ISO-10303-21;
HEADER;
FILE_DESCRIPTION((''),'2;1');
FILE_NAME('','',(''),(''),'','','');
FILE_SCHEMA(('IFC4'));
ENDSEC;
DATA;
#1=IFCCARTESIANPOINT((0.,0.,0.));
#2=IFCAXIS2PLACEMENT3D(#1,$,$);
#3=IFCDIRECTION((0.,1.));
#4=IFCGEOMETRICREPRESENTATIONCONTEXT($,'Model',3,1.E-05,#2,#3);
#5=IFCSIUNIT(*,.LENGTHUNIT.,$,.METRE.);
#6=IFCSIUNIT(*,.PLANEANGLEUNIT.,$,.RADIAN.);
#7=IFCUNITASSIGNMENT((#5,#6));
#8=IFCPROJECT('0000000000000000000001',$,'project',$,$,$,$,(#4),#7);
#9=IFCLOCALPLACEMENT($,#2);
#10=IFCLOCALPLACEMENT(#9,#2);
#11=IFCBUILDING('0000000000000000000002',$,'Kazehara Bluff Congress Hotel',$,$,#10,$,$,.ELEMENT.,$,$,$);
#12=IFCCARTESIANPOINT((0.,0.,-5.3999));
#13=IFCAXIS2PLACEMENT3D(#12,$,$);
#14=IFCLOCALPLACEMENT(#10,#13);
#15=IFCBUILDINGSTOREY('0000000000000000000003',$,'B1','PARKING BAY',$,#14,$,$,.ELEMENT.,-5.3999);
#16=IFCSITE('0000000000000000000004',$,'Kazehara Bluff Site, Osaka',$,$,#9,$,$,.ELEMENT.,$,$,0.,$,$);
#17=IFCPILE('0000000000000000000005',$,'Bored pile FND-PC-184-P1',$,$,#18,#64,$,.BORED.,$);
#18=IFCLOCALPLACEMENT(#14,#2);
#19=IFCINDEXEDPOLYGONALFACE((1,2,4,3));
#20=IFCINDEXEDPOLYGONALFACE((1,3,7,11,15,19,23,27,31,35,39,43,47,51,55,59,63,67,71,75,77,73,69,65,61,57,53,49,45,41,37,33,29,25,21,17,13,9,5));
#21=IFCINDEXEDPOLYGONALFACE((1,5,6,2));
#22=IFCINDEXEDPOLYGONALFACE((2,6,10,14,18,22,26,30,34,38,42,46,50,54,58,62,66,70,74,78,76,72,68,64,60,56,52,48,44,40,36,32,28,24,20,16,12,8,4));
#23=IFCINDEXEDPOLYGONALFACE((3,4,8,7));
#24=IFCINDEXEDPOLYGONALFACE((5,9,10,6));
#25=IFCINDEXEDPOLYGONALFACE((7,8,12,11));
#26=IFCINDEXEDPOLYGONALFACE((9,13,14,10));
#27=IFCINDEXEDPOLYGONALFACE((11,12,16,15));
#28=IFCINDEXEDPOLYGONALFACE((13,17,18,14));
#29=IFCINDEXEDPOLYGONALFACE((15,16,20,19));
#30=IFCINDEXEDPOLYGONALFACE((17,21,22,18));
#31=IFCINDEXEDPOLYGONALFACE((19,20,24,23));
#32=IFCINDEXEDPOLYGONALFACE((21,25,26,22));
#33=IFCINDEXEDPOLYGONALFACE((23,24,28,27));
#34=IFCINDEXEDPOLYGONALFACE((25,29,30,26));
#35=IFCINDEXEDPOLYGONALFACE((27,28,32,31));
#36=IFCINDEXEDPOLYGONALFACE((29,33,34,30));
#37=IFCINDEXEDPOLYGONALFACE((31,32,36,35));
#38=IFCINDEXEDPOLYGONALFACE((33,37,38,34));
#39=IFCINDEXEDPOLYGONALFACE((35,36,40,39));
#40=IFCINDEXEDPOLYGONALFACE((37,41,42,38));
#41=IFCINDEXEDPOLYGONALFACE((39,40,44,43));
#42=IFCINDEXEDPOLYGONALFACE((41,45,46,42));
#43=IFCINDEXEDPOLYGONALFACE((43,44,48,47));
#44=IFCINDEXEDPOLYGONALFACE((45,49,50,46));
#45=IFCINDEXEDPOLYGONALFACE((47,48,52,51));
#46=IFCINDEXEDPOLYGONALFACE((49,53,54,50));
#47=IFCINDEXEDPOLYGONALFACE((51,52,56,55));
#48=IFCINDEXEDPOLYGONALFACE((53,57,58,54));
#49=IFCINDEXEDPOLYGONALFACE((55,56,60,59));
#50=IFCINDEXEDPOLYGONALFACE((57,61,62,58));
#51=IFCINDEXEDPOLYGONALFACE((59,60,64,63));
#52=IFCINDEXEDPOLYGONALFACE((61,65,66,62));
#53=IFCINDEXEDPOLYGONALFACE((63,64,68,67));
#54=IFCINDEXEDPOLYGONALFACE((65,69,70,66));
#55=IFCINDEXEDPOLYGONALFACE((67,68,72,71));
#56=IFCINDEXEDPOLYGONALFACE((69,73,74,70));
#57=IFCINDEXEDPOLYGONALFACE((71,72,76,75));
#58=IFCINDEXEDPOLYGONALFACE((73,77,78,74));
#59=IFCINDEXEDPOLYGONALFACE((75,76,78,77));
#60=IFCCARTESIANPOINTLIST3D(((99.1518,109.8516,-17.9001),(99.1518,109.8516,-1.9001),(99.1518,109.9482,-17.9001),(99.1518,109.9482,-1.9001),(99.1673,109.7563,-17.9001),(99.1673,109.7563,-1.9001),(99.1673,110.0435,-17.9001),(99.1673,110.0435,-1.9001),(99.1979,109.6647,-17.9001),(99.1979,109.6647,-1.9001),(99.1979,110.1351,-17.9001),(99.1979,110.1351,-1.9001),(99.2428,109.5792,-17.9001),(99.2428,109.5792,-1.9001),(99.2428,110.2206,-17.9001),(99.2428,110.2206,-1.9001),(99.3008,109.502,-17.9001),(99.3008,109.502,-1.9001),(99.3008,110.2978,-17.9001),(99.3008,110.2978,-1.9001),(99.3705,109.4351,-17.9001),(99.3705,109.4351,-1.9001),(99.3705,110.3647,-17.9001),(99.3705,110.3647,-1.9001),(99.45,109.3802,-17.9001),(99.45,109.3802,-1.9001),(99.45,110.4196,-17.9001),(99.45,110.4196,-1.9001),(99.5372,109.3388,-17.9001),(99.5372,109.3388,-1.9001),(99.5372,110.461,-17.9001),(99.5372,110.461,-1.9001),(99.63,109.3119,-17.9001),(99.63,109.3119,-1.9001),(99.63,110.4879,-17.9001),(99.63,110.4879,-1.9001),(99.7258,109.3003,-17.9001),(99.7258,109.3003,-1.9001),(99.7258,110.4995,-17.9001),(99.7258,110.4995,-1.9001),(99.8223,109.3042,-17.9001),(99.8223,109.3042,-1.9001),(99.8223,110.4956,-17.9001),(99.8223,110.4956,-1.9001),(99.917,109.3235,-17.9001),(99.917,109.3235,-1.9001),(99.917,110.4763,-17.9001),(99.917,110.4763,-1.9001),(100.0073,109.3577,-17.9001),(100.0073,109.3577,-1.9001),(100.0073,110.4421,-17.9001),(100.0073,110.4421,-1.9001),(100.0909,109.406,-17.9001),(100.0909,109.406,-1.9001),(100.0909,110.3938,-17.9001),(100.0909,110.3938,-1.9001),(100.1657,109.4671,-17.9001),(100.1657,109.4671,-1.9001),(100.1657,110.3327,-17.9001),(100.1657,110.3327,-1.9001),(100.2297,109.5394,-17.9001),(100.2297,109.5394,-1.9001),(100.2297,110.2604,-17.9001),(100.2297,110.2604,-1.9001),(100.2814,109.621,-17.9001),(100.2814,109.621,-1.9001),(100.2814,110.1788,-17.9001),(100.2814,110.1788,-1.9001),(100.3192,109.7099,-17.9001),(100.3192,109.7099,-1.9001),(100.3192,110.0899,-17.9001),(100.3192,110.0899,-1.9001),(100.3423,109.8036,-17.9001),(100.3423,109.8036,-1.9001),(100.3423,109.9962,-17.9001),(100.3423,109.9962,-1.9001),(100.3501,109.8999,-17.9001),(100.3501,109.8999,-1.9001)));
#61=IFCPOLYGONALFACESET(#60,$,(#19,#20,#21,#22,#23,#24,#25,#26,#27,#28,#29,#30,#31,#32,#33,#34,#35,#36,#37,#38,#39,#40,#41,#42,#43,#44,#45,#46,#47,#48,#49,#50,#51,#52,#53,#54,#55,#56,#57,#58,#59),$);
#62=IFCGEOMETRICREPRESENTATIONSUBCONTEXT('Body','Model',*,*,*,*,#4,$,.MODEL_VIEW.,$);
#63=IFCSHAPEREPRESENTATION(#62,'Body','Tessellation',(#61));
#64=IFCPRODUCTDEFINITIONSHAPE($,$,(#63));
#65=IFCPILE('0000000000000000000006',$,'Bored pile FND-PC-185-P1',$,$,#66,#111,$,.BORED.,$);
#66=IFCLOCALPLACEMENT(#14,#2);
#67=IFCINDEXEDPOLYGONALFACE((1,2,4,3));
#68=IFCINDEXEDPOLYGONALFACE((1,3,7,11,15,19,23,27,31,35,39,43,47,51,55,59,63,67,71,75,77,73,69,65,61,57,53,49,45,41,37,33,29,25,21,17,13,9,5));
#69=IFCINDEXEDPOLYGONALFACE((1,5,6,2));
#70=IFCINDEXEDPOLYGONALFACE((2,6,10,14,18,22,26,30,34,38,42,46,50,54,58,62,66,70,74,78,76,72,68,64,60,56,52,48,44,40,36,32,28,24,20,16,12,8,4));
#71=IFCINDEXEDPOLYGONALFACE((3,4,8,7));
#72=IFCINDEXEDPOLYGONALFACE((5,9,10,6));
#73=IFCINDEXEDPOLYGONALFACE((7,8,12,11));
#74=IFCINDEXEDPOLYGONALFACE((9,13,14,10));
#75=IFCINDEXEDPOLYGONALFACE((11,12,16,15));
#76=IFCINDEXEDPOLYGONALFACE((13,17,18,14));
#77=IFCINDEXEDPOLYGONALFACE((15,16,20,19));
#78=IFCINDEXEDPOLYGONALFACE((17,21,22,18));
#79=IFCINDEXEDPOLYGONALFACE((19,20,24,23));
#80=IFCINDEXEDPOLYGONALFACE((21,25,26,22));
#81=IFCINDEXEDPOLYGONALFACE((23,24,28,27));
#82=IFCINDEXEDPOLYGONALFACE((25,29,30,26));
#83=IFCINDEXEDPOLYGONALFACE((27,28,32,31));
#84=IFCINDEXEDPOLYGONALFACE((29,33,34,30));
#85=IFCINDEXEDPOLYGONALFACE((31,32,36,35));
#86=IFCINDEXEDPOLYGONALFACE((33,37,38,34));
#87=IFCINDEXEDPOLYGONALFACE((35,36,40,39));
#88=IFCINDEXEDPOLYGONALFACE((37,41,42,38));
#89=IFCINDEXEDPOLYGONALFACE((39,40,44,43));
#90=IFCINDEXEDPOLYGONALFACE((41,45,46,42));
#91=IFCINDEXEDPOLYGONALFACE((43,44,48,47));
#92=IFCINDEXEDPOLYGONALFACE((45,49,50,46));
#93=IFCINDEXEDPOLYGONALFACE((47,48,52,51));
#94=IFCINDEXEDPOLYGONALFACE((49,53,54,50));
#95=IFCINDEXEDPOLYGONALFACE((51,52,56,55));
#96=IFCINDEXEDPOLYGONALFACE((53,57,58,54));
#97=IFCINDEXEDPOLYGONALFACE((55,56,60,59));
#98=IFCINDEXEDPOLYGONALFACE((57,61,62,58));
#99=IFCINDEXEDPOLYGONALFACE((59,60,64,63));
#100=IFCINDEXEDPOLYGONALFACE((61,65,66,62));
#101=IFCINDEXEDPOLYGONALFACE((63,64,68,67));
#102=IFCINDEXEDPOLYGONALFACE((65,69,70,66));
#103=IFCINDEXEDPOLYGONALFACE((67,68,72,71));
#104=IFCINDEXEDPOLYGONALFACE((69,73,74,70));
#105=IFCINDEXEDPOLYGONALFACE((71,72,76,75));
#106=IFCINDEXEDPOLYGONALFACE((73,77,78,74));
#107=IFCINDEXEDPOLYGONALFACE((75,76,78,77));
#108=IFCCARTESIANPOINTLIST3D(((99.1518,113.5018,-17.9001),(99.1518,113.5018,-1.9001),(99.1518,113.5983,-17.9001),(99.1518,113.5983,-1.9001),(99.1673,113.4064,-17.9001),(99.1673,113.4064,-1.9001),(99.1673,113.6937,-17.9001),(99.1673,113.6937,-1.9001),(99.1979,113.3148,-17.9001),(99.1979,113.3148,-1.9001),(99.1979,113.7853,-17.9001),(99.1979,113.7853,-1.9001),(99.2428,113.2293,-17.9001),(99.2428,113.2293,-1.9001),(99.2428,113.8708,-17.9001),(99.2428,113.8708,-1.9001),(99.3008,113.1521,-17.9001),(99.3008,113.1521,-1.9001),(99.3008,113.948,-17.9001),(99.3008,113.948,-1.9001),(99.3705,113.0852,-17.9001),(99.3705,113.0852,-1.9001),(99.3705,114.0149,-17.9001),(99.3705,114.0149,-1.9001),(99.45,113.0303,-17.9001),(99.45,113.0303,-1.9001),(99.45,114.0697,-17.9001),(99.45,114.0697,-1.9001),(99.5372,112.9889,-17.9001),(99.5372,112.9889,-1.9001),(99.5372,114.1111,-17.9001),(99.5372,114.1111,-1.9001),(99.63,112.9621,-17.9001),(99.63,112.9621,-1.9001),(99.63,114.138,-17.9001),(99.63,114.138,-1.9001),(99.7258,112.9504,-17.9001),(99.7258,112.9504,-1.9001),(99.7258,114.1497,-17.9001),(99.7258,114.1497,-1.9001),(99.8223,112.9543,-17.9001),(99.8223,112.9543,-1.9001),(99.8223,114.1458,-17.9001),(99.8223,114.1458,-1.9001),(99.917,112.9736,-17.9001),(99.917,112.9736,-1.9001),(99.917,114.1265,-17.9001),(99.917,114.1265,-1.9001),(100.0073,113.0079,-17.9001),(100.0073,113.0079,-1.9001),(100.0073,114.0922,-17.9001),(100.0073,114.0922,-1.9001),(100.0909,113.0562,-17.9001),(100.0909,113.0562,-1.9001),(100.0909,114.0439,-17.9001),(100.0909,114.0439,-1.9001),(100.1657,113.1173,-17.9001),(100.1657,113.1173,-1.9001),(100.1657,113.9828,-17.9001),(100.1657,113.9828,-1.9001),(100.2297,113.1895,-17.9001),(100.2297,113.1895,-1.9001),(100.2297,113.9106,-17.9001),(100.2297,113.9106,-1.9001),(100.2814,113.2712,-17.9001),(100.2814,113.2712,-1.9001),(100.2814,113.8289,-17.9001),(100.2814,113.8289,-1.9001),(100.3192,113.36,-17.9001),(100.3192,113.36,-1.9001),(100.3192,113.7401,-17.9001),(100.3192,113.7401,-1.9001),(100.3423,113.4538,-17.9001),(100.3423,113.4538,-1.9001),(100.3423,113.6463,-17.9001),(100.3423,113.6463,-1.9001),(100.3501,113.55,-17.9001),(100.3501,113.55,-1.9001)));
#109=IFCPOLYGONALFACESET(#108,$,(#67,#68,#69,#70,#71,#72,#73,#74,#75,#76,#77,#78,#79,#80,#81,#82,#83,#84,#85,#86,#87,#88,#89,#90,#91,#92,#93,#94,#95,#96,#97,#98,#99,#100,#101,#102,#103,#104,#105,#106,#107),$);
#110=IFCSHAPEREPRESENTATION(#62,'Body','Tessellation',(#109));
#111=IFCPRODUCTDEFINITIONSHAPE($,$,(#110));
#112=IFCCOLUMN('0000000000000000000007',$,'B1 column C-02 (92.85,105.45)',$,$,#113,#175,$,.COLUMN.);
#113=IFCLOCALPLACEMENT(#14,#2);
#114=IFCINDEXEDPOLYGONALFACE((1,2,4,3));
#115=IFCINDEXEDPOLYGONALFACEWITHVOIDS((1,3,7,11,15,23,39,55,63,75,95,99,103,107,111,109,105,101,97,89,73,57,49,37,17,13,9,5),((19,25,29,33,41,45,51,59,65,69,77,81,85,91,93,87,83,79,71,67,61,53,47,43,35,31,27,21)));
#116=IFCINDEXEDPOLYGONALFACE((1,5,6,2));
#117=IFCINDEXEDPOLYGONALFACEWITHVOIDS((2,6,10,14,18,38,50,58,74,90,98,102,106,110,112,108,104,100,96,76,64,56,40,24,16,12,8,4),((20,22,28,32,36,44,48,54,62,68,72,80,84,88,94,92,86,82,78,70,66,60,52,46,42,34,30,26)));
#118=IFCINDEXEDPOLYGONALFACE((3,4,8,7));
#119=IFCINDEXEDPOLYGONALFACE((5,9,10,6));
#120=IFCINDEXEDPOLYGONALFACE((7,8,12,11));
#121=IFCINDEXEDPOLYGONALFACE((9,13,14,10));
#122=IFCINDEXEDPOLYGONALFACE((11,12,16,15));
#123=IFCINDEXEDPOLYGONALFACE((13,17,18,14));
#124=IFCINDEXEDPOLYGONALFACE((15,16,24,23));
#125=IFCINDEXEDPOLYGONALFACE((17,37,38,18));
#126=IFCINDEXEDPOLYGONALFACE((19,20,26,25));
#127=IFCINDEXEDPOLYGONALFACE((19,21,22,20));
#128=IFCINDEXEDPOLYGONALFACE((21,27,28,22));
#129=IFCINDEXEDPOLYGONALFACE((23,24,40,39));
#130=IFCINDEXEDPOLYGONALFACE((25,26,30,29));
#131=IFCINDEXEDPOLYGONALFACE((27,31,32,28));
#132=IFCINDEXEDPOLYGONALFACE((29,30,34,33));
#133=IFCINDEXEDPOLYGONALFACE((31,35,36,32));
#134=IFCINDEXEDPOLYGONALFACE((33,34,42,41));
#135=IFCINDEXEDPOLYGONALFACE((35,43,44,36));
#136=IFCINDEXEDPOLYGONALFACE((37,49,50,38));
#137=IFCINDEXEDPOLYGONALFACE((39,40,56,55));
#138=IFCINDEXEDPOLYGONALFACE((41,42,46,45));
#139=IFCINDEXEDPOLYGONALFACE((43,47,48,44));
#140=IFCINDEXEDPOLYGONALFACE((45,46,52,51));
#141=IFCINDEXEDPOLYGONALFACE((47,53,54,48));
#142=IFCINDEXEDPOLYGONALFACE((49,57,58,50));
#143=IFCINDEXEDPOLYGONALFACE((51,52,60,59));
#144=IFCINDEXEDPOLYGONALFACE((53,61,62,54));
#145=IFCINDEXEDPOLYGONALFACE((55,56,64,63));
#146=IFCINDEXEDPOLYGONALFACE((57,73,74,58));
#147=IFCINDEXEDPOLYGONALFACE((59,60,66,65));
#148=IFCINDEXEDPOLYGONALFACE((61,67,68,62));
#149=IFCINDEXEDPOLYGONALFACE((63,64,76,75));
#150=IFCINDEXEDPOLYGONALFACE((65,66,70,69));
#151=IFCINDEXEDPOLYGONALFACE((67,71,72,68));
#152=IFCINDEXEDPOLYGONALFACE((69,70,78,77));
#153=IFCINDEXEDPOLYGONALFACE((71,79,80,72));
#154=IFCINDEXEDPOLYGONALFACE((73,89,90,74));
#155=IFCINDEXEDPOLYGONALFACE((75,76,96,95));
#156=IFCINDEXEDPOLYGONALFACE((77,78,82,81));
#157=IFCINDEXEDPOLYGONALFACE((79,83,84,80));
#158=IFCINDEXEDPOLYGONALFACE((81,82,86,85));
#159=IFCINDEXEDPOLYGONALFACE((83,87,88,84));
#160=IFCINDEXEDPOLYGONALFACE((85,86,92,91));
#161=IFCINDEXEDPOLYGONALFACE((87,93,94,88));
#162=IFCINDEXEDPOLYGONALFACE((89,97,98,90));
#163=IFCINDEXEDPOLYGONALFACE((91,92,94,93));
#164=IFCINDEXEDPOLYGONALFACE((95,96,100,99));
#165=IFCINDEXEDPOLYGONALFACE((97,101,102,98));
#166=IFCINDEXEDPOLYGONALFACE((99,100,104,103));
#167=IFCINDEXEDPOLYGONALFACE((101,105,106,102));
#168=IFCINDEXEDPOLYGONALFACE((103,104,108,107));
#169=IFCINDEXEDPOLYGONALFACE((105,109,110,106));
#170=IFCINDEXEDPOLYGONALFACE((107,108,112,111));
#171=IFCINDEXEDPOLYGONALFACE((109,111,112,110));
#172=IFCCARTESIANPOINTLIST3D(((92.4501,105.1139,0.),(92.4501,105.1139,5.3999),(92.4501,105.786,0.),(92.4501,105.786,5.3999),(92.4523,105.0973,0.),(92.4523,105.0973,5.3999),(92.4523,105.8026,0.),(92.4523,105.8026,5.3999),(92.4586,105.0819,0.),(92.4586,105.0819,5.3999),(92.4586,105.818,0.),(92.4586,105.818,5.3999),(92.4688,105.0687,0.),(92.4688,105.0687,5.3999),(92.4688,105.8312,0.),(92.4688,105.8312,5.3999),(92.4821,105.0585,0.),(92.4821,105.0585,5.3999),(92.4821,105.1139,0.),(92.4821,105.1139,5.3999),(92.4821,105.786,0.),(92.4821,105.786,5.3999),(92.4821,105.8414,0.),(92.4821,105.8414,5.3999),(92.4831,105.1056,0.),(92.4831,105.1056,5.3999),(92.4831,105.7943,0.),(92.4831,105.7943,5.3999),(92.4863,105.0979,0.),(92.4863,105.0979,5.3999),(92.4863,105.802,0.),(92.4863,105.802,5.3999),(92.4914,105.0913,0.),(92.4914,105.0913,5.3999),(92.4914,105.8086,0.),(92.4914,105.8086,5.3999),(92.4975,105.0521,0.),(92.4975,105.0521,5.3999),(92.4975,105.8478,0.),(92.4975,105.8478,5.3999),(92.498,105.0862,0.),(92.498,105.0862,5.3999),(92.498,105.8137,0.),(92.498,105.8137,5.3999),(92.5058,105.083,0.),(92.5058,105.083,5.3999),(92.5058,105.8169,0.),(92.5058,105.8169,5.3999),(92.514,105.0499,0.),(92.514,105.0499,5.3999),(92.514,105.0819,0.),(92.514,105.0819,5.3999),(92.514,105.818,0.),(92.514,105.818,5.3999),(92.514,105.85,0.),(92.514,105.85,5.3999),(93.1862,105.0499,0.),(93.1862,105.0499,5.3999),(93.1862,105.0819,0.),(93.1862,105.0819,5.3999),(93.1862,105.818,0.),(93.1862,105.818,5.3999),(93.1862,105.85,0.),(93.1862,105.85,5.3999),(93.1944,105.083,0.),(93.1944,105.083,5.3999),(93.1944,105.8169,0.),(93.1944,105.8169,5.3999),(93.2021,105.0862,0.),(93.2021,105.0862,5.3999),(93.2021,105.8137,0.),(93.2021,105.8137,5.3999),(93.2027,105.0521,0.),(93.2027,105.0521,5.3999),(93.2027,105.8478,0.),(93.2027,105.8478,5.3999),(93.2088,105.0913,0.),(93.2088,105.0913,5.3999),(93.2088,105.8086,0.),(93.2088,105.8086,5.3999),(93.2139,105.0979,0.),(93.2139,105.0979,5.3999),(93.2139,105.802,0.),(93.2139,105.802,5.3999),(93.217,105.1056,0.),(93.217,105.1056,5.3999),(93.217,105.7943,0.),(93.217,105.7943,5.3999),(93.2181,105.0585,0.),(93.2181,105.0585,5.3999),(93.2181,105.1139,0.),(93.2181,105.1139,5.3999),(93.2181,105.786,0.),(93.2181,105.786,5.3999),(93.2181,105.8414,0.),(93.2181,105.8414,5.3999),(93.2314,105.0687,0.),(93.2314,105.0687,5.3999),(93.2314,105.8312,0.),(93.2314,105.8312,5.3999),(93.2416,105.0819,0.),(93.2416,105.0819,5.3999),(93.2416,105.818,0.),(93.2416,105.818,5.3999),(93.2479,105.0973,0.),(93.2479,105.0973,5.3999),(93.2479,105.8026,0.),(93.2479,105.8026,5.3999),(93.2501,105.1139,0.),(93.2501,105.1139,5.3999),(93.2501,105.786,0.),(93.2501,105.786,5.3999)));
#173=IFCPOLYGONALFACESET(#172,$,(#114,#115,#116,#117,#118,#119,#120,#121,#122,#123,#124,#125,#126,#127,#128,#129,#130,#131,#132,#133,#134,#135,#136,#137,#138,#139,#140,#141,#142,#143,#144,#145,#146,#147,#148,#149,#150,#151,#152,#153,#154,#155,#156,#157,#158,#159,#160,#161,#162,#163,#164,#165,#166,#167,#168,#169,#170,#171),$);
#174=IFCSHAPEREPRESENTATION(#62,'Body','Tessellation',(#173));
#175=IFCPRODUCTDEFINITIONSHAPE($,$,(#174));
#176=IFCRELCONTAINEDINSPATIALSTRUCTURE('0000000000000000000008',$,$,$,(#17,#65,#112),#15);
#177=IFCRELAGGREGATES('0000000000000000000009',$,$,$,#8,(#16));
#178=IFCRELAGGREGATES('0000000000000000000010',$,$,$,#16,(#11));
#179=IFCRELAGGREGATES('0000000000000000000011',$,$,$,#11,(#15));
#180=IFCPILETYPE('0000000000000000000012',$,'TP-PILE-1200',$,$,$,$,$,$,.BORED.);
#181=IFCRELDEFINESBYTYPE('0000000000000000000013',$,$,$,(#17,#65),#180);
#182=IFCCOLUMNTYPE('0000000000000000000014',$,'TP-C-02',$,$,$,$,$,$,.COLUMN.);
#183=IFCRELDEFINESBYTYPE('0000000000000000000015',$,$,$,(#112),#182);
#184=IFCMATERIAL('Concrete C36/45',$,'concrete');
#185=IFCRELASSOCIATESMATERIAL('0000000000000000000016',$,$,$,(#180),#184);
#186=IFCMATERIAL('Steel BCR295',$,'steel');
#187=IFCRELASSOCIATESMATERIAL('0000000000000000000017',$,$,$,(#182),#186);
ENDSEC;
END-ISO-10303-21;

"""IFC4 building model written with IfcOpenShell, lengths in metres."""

from ifc_helpers import new_model, si_unit, direction, frame, origin, origin_2d, place, context, subcontext, project, spatial, hollow_rectangle, circle, extrude, material, material_profile, profile_set, type_object, element, save


model = new_model("IFC4")

# Units and contexts
model_context = context("Model", 3, precision=1e-05, world=origin(), true_north=direction((0.0, 1.0)))
body_context = subcontext(model_context, "Body", "Model", "MODEL_VIEW")
ifc_project = project(units=[si_unit("LENGTHUNIT", "METRE"), si_unit("PLANEANGLEUNIT", "RADIAN")], contexts=[model_context])

# Site, building, storey
site_placement = place(None, origin())
site = spatial("IfcSite", under=ifc_project, at=site_placement, Name="Kazehara Bluff Site, Osaka", CompositionType="ELEMENT", RefElevation=0.0)
building_placement = place(site_placement, origin())
building = spatial("IfcBuilding", under=site, at=building_placement, Name="Kazehara Bluff Congress Hotel", CompositionType="ELEMENT")
storey_placement = place(building_placement, frame((0.0, 0.0, -5.3999)))
storey = spatial("IfcBuildingStorey", under=building, at=storey_placement, Name="B1", Description="PARKING BAY", CompositionType="ELEMENT", Elevation=-5.3999)

# Piles
ifc_material_1 = material(Name="Concrete C36/45", Category="concrete")
ifc_material_profile_1 = material_profile(ifc_material_1, circle(Radius=0.6001, at=origin_2d()))
ifc_profile_set_1 = profile_set([ifc_material_profile_1], Name="Concrete C36/45")
pile_type = type_object("IfcPileType", Name="TP-PILE-1200", PredefinedType="BORED", material=ifc_profile_set_1)
for number, where, z_axis, x_axis, name in (
    (1, (99.75, 109.8999, -1.9001), (0.0, 0.0, -1.0), (1.0, 0.0, 0.0), "Bored pile FND-PC-184-P1"),
    (2, (99.75, 113.55, -1.9001), (0.0, 0.0, -1.0), (1.0, 0.0, 0.0), "Bored pile FND-PC-185-P1"),
):
    element("IfcPile", number, at=place(storey_placement, frame(where, z_axis=z_axis, x_axis=x_axis)), inside=storey, type_object=pile_type, Name=name, PredefinedType="BORED", context=body_context, shape_type="SweptSolid", body=[
        extrude(circle(Radius=0.6001, at=origin_2d()), origin(), (0.0, 0.0, 1.0), 16.0),
    ])

# Column
ifc_material_2 = material(Name="Steel BCR295", Category="steel")
ifc_material_profile_2 = material_profile(ifc_material_2, hollow_rectangle(XDim=0.8, YDim=0.8, WallThickness=0.032, InnerFilletRadius=0.032, OuterFilletRadius=0.064, at=origin_2d()))
ifc_profile_set_2 = profile_set([ifc_material_profile_2], Name="Steel BCR295")
column_type = type_object("IfcColumnType", Name="TP-C-02", PredefinedType="COLUMN", material=ifc_profile_set_2)
for number, where, z_axis, x_axis, name in (
    (3, (92.8501, 105.45, 0.0), (0.0, 0.0, 1.0), (1.0, 0.0, 0.0), "B1 column C-02 (92.85,105.45)"),
):
    element("IfcColumn", number, at=place(storey_placement, frame(where, z_axis=z_axis, x_axis=x_axis)), inside=storey, type_object=column_type, Name=name, PredefinedType="COLUMN", context=body_context, shape_type="SweptSolid", body=[
        extrude(hollow_rectangle(XDim=0.8, YDim=0.8, WallThickness=0.032, InnerFilletRadius=0.032, OuterFilletRadius=0.064, at=origin_2d()), origin(), (0.0, 0.0, 1.0), 5.3999),
    ])

save(model, "model.ifc")
